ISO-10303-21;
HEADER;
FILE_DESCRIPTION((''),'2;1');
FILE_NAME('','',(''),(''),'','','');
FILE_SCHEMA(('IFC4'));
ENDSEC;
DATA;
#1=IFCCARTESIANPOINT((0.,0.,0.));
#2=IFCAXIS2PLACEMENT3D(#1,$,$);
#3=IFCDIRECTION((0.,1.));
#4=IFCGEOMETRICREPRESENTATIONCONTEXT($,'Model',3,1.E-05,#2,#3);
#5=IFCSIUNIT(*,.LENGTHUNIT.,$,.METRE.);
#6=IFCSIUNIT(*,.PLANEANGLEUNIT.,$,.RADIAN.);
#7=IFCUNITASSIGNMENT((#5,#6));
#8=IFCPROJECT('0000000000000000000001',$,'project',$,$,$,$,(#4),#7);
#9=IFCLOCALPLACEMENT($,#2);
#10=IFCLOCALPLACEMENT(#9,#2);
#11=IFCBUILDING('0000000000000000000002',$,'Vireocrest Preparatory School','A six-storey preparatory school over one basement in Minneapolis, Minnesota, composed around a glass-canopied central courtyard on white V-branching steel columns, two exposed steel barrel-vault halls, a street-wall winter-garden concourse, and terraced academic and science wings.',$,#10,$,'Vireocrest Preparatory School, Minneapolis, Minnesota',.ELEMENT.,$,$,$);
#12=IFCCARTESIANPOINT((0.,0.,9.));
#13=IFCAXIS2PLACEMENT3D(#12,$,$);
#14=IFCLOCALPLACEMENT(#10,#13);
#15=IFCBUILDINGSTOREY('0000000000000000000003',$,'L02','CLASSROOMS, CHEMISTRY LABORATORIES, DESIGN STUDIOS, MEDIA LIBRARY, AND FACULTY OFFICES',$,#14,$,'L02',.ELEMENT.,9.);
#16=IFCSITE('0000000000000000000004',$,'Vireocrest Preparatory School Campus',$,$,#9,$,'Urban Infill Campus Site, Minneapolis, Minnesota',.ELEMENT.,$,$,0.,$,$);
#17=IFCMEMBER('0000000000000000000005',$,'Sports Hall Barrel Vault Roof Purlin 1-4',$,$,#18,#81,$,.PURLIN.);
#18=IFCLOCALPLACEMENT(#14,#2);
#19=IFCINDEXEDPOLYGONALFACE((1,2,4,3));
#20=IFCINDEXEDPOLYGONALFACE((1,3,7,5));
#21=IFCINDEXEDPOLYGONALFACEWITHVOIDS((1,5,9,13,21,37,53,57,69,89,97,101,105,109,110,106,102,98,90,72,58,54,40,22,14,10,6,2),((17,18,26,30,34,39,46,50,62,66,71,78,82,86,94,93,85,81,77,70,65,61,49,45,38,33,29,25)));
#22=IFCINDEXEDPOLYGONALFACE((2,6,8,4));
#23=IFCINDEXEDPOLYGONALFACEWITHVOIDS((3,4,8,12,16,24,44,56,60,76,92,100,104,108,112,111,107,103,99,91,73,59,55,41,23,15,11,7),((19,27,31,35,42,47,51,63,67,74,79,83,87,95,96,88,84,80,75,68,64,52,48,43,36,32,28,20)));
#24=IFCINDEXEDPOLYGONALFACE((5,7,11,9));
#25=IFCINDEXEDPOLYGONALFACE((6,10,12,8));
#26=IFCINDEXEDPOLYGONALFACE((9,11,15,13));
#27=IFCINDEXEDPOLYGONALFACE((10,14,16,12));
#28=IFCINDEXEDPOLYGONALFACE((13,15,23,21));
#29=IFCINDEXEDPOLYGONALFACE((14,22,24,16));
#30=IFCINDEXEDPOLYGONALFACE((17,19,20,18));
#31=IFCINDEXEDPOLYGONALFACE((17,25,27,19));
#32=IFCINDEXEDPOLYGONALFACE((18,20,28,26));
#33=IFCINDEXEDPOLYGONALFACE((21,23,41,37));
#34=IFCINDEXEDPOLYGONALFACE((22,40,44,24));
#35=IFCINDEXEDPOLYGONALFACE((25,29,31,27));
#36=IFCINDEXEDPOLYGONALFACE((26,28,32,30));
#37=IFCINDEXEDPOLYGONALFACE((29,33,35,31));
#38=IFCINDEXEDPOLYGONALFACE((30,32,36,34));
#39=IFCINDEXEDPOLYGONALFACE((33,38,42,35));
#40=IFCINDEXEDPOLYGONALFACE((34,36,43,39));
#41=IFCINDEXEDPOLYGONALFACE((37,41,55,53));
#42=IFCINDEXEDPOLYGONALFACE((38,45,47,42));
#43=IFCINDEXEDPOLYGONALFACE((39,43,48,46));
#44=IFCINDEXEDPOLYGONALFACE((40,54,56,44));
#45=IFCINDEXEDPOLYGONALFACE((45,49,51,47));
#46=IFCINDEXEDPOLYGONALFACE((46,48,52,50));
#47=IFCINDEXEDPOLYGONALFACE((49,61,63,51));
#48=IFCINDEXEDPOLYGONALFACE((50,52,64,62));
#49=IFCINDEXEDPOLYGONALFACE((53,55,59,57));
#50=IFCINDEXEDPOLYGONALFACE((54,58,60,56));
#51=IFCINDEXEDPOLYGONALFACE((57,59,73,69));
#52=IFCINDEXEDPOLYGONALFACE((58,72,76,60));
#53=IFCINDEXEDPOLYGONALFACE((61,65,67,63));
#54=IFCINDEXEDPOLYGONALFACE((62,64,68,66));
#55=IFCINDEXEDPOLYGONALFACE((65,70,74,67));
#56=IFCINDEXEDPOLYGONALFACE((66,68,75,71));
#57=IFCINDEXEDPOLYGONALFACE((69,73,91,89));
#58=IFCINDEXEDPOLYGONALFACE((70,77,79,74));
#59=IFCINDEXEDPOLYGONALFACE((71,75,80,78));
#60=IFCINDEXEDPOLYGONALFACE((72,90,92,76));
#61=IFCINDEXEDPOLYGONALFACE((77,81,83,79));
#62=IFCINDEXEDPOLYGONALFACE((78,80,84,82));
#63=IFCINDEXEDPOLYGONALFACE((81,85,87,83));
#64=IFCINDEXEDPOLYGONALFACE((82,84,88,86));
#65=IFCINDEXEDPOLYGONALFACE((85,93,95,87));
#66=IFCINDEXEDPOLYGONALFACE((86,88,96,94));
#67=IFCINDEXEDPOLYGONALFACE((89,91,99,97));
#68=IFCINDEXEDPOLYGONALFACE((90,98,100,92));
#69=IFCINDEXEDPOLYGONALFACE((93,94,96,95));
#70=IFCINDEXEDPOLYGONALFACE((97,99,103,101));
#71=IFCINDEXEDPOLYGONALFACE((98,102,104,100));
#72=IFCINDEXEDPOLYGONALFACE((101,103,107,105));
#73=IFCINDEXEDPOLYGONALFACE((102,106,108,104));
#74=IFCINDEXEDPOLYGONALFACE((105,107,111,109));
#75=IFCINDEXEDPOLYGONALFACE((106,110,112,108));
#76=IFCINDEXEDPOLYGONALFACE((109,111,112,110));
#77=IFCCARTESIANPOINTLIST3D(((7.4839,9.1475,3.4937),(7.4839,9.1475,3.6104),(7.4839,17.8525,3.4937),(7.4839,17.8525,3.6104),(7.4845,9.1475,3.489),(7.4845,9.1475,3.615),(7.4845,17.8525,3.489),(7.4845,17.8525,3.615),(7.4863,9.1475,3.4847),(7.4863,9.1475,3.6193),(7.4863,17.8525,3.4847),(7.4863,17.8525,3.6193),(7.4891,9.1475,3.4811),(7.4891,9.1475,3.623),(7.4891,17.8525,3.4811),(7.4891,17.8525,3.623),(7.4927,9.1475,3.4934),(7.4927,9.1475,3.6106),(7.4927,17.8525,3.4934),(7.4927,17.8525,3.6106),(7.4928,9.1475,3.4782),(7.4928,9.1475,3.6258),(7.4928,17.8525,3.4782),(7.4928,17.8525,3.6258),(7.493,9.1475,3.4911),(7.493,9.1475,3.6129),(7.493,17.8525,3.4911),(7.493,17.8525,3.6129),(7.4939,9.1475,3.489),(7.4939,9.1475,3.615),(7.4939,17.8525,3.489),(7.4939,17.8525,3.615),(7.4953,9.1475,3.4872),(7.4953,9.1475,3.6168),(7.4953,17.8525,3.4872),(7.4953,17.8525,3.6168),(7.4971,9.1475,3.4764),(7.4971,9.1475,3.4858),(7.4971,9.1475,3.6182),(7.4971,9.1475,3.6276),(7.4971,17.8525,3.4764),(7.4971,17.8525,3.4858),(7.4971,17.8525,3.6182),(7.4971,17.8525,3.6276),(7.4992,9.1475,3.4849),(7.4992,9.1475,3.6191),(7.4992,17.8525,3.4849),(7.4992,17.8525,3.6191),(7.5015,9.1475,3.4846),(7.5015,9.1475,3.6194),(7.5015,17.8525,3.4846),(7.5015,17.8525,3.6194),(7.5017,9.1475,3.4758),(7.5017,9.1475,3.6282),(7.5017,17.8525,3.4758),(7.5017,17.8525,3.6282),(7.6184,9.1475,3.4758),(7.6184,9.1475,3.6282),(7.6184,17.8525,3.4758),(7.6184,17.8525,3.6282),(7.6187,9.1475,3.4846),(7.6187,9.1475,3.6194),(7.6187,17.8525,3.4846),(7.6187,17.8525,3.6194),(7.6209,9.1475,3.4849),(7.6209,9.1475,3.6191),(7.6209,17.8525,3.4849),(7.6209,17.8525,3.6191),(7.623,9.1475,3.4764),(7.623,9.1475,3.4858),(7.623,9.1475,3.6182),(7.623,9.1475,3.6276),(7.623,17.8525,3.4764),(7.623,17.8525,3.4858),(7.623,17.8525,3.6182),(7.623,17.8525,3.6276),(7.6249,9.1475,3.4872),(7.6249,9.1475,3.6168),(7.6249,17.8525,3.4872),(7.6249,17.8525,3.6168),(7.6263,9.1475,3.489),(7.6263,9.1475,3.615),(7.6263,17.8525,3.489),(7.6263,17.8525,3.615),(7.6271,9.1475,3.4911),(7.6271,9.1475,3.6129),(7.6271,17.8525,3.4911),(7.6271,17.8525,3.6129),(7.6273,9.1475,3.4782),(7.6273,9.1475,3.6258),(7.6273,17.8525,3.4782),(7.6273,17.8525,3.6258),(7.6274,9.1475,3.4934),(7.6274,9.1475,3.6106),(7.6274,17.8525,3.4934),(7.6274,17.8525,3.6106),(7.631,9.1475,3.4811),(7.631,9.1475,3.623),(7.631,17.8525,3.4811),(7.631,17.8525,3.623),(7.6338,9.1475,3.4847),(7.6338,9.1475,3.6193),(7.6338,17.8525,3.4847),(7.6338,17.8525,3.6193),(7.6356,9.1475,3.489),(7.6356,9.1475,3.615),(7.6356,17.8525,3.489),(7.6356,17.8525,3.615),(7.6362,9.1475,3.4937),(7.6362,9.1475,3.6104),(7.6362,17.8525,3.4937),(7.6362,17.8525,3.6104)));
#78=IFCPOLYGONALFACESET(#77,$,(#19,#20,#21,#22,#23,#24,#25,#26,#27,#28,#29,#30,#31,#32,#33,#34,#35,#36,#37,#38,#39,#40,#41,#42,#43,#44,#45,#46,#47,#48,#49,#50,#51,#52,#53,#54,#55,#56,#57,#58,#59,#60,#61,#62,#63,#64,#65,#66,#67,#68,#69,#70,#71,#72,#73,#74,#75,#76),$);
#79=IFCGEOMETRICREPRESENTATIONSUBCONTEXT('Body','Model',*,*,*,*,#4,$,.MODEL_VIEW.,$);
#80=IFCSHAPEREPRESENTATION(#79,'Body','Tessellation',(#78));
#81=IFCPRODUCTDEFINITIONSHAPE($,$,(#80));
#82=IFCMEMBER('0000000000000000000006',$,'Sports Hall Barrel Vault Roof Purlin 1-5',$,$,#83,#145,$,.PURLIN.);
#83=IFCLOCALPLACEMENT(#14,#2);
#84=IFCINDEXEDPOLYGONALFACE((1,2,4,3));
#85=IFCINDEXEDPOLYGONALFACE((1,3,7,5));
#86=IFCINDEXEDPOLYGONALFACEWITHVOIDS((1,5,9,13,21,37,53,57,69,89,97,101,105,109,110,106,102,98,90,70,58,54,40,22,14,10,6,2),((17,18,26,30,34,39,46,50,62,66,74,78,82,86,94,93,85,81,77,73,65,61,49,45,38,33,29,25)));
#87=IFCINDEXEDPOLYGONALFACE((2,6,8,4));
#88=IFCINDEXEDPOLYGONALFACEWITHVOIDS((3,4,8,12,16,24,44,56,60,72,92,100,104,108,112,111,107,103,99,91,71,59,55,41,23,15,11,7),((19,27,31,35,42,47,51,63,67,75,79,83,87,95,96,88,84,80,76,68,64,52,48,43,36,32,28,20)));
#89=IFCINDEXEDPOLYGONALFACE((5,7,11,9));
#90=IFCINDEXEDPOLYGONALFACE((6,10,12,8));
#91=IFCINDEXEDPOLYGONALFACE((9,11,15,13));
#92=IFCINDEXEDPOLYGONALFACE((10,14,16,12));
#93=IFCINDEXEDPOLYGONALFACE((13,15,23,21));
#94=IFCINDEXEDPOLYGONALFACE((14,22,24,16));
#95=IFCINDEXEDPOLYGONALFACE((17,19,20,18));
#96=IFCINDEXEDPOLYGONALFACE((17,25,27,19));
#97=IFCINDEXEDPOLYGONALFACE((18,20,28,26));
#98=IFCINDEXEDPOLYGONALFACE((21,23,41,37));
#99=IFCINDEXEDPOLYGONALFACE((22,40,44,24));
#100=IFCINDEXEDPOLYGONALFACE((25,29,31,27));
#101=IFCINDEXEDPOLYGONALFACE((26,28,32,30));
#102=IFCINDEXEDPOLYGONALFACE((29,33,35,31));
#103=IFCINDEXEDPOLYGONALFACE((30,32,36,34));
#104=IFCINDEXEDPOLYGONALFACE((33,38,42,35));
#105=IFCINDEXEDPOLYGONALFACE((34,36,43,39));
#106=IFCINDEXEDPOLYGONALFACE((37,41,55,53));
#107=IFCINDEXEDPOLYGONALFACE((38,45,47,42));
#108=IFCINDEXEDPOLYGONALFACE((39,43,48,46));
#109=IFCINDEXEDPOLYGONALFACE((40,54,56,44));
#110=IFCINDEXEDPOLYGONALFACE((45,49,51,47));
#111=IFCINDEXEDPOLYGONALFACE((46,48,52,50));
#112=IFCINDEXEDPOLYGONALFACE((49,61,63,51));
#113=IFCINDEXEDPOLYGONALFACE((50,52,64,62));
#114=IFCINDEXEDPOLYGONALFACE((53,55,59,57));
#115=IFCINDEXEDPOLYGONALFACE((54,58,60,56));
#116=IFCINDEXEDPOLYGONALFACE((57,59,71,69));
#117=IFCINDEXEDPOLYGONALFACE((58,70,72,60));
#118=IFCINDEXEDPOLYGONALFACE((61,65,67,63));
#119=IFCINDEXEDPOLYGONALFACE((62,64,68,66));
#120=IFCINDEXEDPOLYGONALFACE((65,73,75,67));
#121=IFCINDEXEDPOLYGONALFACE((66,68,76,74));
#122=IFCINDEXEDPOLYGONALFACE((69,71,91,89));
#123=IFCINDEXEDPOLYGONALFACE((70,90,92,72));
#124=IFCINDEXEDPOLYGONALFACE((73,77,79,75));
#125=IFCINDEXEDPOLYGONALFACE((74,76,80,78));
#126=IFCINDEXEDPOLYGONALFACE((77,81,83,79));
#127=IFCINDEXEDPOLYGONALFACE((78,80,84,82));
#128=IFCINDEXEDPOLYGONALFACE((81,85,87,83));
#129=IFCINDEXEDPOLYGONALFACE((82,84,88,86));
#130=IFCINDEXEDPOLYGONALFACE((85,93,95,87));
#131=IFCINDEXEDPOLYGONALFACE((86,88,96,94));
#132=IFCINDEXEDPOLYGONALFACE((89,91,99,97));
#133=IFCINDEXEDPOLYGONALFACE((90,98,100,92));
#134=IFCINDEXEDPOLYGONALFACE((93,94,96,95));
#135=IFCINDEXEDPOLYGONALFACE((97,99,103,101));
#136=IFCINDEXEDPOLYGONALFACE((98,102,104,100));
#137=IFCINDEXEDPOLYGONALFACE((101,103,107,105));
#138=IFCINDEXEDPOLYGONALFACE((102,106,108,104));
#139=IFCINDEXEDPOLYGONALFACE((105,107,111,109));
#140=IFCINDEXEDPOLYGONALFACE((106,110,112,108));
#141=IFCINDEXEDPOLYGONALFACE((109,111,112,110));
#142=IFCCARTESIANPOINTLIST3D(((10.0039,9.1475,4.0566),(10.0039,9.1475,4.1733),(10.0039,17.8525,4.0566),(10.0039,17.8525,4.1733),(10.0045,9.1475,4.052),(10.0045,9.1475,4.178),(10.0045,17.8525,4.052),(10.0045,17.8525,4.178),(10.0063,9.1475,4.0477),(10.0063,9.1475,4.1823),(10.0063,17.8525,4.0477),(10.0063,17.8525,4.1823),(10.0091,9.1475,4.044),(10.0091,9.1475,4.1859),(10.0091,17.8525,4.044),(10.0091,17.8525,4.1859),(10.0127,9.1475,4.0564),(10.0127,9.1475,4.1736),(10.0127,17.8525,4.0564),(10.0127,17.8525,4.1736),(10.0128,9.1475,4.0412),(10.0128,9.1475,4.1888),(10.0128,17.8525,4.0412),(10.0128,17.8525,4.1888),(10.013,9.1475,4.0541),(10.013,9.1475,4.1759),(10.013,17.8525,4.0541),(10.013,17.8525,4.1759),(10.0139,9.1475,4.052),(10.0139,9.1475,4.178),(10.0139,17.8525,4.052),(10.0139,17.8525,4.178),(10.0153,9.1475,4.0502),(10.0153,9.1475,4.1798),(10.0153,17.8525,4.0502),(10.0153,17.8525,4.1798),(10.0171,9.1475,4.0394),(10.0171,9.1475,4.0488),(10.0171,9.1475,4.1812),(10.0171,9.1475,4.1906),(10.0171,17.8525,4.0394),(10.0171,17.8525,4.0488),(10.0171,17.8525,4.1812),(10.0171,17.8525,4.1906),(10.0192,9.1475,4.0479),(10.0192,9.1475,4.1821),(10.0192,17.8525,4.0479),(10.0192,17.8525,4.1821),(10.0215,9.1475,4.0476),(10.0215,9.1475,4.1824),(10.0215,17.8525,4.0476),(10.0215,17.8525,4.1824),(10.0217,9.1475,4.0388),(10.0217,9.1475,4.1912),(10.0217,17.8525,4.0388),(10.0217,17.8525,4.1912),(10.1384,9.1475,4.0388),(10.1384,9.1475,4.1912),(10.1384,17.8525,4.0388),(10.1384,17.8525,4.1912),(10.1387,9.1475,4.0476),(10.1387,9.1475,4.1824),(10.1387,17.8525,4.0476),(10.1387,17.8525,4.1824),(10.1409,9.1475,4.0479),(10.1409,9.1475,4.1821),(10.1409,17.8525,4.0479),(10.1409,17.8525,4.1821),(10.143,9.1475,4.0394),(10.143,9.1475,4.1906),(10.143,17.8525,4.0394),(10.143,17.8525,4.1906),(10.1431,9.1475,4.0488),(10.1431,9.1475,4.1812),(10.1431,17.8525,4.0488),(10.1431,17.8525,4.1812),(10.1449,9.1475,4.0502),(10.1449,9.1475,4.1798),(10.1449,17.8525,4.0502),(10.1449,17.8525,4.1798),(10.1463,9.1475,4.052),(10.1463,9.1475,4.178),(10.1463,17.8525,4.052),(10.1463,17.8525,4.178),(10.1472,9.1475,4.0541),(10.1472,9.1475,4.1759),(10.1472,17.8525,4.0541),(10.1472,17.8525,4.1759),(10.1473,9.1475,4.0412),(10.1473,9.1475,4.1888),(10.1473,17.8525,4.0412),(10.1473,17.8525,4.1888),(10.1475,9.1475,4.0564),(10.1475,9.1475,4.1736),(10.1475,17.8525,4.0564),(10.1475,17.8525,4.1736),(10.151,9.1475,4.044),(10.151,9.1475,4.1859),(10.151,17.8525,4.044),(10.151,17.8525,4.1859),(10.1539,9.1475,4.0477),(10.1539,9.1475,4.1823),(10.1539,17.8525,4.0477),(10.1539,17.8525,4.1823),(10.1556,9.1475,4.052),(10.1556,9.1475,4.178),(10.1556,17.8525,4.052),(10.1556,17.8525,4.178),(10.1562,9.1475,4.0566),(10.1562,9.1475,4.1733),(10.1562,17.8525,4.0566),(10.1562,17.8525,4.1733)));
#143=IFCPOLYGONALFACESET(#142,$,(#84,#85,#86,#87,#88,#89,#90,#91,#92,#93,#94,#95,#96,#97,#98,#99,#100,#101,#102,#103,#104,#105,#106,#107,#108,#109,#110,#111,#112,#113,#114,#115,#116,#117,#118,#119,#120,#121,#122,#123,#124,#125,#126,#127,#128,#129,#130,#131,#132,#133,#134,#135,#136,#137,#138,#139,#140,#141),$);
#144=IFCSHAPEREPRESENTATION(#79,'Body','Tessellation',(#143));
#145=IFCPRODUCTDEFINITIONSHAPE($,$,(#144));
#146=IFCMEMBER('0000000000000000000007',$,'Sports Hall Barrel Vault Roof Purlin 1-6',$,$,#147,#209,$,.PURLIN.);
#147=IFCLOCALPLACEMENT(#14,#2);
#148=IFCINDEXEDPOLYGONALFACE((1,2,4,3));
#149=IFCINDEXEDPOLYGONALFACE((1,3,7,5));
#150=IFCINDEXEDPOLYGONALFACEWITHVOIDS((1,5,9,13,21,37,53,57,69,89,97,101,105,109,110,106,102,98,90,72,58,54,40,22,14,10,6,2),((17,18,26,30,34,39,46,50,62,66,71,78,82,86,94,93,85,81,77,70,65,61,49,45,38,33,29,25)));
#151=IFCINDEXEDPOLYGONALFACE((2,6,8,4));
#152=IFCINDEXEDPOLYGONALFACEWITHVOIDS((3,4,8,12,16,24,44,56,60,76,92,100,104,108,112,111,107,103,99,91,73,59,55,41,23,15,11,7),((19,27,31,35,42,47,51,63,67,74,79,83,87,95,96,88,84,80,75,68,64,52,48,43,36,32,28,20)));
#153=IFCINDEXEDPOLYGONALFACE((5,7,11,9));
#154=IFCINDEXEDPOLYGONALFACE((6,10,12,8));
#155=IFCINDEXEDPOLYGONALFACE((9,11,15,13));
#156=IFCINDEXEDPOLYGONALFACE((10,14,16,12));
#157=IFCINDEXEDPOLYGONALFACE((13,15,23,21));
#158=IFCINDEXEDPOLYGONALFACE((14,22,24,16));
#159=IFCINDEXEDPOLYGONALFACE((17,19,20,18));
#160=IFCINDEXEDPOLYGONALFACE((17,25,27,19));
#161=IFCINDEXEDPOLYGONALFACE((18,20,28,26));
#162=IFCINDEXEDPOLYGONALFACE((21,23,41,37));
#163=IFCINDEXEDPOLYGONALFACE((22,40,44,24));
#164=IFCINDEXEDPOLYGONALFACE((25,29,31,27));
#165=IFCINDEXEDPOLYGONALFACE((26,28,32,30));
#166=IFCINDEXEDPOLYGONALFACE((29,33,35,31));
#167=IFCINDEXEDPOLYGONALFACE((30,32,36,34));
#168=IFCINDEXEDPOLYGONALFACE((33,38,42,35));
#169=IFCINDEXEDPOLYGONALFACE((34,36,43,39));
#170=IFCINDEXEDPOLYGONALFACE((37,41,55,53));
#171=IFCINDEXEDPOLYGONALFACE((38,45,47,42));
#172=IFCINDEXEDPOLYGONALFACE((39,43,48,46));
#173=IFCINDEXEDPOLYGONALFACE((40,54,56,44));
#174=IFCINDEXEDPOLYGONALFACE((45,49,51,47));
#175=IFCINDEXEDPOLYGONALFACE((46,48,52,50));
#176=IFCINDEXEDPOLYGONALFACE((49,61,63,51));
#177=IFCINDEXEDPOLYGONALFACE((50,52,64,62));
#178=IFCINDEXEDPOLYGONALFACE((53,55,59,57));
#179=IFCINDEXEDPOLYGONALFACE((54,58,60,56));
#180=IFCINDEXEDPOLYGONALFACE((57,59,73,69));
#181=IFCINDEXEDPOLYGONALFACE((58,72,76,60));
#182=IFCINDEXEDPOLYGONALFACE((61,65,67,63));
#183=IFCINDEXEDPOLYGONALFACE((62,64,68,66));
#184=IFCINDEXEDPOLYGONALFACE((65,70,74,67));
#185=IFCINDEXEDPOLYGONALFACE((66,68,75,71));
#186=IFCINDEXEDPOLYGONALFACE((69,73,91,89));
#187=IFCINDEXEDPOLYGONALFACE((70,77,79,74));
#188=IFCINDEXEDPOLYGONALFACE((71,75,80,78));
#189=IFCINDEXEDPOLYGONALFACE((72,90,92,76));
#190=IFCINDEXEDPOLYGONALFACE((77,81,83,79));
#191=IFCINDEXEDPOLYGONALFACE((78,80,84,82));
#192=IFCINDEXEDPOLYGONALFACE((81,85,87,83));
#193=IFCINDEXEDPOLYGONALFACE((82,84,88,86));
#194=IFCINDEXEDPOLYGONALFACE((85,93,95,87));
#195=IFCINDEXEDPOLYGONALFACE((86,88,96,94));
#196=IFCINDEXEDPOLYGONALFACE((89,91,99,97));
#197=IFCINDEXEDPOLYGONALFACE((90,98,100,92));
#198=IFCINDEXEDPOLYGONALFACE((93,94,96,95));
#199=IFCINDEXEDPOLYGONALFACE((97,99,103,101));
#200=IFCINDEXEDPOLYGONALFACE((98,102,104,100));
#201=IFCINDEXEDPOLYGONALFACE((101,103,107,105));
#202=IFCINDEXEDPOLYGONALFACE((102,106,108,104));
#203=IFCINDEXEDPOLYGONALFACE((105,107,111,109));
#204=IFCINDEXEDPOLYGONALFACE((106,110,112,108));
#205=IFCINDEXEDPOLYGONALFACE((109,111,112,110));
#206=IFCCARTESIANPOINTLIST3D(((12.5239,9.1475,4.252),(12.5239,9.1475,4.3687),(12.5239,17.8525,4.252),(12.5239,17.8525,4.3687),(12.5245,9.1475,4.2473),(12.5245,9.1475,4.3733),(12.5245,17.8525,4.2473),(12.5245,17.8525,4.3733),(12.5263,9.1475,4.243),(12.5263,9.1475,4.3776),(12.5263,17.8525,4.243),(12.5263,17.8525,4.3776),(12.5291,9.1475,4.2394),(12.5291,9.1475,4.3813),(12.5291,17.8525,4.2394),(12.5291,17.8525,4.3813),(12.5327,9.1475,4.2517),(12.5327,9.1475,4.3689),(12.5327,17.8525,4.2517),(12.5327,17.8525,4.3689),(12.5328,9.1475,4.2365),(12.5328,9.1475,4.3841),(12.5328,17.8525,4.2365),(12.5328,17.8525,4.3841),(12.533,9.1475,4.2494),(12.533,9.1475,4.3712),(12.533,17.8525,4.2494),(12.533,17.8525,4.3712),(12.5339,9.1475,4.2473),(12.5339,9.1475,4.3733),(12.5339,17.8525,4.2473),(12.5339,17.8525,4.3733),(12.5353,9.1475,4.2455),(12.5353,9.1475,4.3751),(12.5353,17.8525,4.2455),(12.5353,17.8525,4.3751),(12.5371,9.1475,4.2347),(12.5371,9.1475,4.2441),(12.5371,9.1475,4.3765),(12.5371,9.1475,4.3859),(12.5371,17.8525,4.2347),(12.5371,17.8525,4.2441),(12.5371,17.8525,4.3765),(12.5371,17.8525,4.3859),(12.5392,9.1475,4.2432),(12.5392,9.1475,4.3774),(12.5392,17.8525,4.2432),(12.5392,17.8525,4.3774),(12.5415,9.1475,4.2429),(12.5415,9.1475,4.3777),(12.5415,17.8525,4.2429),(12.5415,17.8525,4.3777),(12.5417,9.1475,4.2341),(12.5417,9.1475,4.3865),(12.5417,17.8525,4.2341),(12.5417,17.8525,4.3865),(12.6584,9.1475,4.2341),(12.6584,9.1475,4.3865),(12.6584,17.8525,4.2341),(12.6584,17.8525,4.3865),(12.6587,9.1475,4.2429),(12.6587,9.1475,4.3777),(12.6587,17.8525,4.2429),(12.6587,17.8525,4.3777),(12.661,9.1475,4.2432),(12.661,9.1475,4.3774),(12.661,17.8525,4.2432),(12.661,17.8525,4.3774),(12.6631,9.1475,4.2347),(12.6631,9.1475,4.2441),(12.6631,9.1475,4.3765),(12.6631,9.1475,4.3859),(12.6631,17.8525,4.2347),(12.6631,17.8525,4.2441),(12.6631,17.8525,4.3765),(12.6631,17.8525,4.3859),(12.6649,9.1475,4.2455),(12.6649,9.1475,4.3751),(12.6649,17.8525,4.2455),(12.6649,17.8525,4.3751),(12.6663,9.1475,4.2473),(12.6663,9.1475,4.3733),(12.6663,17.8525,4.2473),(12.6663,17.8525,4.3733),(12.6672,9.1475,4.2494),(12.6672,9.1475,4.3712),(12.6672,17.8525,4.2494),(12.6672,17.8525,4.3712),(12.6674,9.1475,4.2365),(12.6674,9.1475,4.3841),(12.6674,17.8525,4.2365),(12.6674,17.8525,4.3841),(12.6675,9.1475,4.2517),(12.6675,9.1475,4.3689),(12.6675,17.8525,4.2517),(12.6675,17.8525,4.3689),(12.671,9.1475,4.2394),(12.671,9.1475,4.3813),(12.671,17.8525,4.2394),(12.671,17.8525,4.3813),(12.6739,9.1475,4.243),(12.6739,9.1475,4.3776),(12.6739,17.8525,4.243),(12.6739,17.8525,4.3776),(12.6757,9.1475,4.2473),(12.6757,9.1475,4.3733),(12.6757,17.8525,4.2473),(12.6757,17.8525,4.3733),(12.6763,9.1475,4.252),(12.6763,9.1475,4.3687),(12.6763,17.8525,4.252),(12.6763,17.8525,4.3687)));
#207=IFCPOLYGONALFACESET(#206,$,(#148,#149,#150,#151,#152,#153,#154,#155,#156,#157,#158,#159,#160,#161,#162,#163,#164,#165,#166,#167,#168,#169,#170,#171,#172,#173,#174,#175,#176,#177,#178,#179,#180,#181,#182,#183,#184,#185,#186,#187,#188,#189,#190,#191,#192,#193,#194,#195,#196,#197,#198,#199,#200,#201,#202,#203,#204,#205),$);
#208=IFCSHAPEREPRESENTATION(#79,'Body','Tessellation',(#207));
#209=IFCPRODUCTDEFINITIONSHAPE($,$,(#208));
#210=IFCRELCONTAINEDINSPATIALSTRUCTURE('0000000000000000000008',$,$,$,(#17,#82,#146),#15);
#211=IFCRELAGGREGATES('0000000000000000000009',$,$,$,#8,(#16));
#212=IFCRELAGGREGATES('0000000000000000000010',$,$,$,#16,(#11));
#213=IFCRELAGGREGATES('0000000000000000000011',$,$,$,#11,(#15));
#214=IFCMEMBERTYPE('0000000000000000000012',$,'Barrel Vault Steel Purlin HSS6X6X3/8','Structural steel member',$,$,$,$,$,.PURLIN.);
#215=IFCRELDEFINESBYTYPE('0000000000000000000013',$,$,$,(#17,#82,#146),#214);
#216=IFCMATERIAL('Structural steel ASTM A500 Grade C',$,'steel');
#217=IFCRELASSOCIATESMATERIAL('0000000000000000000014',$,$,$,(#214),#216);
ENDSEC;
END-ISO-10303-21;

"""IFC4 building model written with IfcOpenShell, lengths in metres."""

from ifc_helpers import new_model, si_unit, direction, frame, origin, origin_2d, place, context, subcontext, project, spatial, hollow_rectangle, extrude, material, material_profile, profile_set, type_object, element, save


model = new_model("IFC4")

# Units and contexts
model_context = context("Model", 3, precision=1e-05, world=origin(), true_north=direction((0.0, 1.0)))
body_context = subcontext(model_context, "Body", "Model", "MODEL_VIEW")
ifc_project = project(units=[si_unit("LENGTHUNIT", "METRE"), si_unit("PLANEANGLEUNIT", "RADIAN")], contexts=[model_context])

# Site, building, storey
site_placement = place(None, origin())
site = spatial("IfcSite", under=ifc_project, at=site_placement, Name="Vireocrest Preparatory School Campus", LongName="Urban Infill Campus Site, Minneapolis, Minnesota", CompositionType="ELEMENT", RefElevation=0.0)
building_placement = place(site_placement, origin())
building = spatial("IfcBuilding", under=site, at=building_placement, Name="Vireocrest Preparatory School", Description="A six-storey preparatory school over one basement in Minneapolis, Minnesota, composed around a glass-canopied central courtyard on white V-branching steel columns, two exposed steel barrel-vault halls, a street-wall winter-garden concourse, and terraced academic and science wings.", LongName="Vireocrest Preparatory School, Minneapolis, Minnesota", CompositionType="ELEMENT")
storey_placement = place(building_placement, frame((0.0, 0.0, 9.0)))
storey = spatial("IfcBuildingStorey", under=building, at=storey_placement, Name="L02", Description="CLASSROOMS, CHEMISTRY LABORATORIES, DESIGN STUDIOS, MEDIA LIBRARY, AND FACULTY OFFICES", LongName="L02", CompositionType="ELEMENT", Elevation=9.0)

# Members
ifc_material_1 = material(Name="Structural steel ASTM A500 Grade C", Category="steel")
ifc_material_profile_1 = material_profile(ifc_material_1, hollow_rectangle(XDim=0.1523, YDim=0.1523, WallThickness=0.0088, InnerFilletRadius=0.0088, OuterFilletRadius=0.0178, at=origin_2d()), Name="HSS6X6X3/8")
ifc_profile_set_1 = profile_set([ifc_material_profile_1], Name="Structural steel ASTM A500 Grade C")
member_type_1 = type_object("IfcMemberType", Name="Barrel Vault Steel Purlin HSS6X6X3/8", Description="Structural steel member", PredefinedType="PURLIN", material=ifc_profile_set_1)
for number, where, z_axis, x_axis, name in (
    (1, (7.5601, 9.1475, 3.552), (0.0, 1.0, 0.0), (-1.0, 0.0, 0.0), "Sports Hall Barrel Vault Roof Purlin 1-4"),
    (2, (10.0801, 9.1475, 4.115), (0.0, 1.0, 0.0), (-1.0, 0.0, 0.0), "Sports Hall Barrel Vault Roof Purlin 1-5"),
    (3, (12.6001, 9.1475, 4.3103), (0.0, 1.0, 0.0), (-1.0, 0.0, 0.0), "Sports Hall Barrel Vault Roof Purlin 1-6"),
):
    element("IfcMember", number, at=place(storey_placement, frame(where, z_axis=z_axis, x_axis=x_axis)), inside=storey, type_object=member_type_1, Name=name, PredefinedType="PURLIN", context=body_context, shape_type="SweptSolid", body=[
        extrude(hollow_rectangle(XDim=0.1523, YDim=0.1523, WallThickness=0.0088, InnerFilletRadius=0.0088, OuterFilletRadius=0.0178, at=origin_2d()), origin(), (0.0, 0.0, 1.0), 8.7051),
    ])

save(model, "model.ifc")
